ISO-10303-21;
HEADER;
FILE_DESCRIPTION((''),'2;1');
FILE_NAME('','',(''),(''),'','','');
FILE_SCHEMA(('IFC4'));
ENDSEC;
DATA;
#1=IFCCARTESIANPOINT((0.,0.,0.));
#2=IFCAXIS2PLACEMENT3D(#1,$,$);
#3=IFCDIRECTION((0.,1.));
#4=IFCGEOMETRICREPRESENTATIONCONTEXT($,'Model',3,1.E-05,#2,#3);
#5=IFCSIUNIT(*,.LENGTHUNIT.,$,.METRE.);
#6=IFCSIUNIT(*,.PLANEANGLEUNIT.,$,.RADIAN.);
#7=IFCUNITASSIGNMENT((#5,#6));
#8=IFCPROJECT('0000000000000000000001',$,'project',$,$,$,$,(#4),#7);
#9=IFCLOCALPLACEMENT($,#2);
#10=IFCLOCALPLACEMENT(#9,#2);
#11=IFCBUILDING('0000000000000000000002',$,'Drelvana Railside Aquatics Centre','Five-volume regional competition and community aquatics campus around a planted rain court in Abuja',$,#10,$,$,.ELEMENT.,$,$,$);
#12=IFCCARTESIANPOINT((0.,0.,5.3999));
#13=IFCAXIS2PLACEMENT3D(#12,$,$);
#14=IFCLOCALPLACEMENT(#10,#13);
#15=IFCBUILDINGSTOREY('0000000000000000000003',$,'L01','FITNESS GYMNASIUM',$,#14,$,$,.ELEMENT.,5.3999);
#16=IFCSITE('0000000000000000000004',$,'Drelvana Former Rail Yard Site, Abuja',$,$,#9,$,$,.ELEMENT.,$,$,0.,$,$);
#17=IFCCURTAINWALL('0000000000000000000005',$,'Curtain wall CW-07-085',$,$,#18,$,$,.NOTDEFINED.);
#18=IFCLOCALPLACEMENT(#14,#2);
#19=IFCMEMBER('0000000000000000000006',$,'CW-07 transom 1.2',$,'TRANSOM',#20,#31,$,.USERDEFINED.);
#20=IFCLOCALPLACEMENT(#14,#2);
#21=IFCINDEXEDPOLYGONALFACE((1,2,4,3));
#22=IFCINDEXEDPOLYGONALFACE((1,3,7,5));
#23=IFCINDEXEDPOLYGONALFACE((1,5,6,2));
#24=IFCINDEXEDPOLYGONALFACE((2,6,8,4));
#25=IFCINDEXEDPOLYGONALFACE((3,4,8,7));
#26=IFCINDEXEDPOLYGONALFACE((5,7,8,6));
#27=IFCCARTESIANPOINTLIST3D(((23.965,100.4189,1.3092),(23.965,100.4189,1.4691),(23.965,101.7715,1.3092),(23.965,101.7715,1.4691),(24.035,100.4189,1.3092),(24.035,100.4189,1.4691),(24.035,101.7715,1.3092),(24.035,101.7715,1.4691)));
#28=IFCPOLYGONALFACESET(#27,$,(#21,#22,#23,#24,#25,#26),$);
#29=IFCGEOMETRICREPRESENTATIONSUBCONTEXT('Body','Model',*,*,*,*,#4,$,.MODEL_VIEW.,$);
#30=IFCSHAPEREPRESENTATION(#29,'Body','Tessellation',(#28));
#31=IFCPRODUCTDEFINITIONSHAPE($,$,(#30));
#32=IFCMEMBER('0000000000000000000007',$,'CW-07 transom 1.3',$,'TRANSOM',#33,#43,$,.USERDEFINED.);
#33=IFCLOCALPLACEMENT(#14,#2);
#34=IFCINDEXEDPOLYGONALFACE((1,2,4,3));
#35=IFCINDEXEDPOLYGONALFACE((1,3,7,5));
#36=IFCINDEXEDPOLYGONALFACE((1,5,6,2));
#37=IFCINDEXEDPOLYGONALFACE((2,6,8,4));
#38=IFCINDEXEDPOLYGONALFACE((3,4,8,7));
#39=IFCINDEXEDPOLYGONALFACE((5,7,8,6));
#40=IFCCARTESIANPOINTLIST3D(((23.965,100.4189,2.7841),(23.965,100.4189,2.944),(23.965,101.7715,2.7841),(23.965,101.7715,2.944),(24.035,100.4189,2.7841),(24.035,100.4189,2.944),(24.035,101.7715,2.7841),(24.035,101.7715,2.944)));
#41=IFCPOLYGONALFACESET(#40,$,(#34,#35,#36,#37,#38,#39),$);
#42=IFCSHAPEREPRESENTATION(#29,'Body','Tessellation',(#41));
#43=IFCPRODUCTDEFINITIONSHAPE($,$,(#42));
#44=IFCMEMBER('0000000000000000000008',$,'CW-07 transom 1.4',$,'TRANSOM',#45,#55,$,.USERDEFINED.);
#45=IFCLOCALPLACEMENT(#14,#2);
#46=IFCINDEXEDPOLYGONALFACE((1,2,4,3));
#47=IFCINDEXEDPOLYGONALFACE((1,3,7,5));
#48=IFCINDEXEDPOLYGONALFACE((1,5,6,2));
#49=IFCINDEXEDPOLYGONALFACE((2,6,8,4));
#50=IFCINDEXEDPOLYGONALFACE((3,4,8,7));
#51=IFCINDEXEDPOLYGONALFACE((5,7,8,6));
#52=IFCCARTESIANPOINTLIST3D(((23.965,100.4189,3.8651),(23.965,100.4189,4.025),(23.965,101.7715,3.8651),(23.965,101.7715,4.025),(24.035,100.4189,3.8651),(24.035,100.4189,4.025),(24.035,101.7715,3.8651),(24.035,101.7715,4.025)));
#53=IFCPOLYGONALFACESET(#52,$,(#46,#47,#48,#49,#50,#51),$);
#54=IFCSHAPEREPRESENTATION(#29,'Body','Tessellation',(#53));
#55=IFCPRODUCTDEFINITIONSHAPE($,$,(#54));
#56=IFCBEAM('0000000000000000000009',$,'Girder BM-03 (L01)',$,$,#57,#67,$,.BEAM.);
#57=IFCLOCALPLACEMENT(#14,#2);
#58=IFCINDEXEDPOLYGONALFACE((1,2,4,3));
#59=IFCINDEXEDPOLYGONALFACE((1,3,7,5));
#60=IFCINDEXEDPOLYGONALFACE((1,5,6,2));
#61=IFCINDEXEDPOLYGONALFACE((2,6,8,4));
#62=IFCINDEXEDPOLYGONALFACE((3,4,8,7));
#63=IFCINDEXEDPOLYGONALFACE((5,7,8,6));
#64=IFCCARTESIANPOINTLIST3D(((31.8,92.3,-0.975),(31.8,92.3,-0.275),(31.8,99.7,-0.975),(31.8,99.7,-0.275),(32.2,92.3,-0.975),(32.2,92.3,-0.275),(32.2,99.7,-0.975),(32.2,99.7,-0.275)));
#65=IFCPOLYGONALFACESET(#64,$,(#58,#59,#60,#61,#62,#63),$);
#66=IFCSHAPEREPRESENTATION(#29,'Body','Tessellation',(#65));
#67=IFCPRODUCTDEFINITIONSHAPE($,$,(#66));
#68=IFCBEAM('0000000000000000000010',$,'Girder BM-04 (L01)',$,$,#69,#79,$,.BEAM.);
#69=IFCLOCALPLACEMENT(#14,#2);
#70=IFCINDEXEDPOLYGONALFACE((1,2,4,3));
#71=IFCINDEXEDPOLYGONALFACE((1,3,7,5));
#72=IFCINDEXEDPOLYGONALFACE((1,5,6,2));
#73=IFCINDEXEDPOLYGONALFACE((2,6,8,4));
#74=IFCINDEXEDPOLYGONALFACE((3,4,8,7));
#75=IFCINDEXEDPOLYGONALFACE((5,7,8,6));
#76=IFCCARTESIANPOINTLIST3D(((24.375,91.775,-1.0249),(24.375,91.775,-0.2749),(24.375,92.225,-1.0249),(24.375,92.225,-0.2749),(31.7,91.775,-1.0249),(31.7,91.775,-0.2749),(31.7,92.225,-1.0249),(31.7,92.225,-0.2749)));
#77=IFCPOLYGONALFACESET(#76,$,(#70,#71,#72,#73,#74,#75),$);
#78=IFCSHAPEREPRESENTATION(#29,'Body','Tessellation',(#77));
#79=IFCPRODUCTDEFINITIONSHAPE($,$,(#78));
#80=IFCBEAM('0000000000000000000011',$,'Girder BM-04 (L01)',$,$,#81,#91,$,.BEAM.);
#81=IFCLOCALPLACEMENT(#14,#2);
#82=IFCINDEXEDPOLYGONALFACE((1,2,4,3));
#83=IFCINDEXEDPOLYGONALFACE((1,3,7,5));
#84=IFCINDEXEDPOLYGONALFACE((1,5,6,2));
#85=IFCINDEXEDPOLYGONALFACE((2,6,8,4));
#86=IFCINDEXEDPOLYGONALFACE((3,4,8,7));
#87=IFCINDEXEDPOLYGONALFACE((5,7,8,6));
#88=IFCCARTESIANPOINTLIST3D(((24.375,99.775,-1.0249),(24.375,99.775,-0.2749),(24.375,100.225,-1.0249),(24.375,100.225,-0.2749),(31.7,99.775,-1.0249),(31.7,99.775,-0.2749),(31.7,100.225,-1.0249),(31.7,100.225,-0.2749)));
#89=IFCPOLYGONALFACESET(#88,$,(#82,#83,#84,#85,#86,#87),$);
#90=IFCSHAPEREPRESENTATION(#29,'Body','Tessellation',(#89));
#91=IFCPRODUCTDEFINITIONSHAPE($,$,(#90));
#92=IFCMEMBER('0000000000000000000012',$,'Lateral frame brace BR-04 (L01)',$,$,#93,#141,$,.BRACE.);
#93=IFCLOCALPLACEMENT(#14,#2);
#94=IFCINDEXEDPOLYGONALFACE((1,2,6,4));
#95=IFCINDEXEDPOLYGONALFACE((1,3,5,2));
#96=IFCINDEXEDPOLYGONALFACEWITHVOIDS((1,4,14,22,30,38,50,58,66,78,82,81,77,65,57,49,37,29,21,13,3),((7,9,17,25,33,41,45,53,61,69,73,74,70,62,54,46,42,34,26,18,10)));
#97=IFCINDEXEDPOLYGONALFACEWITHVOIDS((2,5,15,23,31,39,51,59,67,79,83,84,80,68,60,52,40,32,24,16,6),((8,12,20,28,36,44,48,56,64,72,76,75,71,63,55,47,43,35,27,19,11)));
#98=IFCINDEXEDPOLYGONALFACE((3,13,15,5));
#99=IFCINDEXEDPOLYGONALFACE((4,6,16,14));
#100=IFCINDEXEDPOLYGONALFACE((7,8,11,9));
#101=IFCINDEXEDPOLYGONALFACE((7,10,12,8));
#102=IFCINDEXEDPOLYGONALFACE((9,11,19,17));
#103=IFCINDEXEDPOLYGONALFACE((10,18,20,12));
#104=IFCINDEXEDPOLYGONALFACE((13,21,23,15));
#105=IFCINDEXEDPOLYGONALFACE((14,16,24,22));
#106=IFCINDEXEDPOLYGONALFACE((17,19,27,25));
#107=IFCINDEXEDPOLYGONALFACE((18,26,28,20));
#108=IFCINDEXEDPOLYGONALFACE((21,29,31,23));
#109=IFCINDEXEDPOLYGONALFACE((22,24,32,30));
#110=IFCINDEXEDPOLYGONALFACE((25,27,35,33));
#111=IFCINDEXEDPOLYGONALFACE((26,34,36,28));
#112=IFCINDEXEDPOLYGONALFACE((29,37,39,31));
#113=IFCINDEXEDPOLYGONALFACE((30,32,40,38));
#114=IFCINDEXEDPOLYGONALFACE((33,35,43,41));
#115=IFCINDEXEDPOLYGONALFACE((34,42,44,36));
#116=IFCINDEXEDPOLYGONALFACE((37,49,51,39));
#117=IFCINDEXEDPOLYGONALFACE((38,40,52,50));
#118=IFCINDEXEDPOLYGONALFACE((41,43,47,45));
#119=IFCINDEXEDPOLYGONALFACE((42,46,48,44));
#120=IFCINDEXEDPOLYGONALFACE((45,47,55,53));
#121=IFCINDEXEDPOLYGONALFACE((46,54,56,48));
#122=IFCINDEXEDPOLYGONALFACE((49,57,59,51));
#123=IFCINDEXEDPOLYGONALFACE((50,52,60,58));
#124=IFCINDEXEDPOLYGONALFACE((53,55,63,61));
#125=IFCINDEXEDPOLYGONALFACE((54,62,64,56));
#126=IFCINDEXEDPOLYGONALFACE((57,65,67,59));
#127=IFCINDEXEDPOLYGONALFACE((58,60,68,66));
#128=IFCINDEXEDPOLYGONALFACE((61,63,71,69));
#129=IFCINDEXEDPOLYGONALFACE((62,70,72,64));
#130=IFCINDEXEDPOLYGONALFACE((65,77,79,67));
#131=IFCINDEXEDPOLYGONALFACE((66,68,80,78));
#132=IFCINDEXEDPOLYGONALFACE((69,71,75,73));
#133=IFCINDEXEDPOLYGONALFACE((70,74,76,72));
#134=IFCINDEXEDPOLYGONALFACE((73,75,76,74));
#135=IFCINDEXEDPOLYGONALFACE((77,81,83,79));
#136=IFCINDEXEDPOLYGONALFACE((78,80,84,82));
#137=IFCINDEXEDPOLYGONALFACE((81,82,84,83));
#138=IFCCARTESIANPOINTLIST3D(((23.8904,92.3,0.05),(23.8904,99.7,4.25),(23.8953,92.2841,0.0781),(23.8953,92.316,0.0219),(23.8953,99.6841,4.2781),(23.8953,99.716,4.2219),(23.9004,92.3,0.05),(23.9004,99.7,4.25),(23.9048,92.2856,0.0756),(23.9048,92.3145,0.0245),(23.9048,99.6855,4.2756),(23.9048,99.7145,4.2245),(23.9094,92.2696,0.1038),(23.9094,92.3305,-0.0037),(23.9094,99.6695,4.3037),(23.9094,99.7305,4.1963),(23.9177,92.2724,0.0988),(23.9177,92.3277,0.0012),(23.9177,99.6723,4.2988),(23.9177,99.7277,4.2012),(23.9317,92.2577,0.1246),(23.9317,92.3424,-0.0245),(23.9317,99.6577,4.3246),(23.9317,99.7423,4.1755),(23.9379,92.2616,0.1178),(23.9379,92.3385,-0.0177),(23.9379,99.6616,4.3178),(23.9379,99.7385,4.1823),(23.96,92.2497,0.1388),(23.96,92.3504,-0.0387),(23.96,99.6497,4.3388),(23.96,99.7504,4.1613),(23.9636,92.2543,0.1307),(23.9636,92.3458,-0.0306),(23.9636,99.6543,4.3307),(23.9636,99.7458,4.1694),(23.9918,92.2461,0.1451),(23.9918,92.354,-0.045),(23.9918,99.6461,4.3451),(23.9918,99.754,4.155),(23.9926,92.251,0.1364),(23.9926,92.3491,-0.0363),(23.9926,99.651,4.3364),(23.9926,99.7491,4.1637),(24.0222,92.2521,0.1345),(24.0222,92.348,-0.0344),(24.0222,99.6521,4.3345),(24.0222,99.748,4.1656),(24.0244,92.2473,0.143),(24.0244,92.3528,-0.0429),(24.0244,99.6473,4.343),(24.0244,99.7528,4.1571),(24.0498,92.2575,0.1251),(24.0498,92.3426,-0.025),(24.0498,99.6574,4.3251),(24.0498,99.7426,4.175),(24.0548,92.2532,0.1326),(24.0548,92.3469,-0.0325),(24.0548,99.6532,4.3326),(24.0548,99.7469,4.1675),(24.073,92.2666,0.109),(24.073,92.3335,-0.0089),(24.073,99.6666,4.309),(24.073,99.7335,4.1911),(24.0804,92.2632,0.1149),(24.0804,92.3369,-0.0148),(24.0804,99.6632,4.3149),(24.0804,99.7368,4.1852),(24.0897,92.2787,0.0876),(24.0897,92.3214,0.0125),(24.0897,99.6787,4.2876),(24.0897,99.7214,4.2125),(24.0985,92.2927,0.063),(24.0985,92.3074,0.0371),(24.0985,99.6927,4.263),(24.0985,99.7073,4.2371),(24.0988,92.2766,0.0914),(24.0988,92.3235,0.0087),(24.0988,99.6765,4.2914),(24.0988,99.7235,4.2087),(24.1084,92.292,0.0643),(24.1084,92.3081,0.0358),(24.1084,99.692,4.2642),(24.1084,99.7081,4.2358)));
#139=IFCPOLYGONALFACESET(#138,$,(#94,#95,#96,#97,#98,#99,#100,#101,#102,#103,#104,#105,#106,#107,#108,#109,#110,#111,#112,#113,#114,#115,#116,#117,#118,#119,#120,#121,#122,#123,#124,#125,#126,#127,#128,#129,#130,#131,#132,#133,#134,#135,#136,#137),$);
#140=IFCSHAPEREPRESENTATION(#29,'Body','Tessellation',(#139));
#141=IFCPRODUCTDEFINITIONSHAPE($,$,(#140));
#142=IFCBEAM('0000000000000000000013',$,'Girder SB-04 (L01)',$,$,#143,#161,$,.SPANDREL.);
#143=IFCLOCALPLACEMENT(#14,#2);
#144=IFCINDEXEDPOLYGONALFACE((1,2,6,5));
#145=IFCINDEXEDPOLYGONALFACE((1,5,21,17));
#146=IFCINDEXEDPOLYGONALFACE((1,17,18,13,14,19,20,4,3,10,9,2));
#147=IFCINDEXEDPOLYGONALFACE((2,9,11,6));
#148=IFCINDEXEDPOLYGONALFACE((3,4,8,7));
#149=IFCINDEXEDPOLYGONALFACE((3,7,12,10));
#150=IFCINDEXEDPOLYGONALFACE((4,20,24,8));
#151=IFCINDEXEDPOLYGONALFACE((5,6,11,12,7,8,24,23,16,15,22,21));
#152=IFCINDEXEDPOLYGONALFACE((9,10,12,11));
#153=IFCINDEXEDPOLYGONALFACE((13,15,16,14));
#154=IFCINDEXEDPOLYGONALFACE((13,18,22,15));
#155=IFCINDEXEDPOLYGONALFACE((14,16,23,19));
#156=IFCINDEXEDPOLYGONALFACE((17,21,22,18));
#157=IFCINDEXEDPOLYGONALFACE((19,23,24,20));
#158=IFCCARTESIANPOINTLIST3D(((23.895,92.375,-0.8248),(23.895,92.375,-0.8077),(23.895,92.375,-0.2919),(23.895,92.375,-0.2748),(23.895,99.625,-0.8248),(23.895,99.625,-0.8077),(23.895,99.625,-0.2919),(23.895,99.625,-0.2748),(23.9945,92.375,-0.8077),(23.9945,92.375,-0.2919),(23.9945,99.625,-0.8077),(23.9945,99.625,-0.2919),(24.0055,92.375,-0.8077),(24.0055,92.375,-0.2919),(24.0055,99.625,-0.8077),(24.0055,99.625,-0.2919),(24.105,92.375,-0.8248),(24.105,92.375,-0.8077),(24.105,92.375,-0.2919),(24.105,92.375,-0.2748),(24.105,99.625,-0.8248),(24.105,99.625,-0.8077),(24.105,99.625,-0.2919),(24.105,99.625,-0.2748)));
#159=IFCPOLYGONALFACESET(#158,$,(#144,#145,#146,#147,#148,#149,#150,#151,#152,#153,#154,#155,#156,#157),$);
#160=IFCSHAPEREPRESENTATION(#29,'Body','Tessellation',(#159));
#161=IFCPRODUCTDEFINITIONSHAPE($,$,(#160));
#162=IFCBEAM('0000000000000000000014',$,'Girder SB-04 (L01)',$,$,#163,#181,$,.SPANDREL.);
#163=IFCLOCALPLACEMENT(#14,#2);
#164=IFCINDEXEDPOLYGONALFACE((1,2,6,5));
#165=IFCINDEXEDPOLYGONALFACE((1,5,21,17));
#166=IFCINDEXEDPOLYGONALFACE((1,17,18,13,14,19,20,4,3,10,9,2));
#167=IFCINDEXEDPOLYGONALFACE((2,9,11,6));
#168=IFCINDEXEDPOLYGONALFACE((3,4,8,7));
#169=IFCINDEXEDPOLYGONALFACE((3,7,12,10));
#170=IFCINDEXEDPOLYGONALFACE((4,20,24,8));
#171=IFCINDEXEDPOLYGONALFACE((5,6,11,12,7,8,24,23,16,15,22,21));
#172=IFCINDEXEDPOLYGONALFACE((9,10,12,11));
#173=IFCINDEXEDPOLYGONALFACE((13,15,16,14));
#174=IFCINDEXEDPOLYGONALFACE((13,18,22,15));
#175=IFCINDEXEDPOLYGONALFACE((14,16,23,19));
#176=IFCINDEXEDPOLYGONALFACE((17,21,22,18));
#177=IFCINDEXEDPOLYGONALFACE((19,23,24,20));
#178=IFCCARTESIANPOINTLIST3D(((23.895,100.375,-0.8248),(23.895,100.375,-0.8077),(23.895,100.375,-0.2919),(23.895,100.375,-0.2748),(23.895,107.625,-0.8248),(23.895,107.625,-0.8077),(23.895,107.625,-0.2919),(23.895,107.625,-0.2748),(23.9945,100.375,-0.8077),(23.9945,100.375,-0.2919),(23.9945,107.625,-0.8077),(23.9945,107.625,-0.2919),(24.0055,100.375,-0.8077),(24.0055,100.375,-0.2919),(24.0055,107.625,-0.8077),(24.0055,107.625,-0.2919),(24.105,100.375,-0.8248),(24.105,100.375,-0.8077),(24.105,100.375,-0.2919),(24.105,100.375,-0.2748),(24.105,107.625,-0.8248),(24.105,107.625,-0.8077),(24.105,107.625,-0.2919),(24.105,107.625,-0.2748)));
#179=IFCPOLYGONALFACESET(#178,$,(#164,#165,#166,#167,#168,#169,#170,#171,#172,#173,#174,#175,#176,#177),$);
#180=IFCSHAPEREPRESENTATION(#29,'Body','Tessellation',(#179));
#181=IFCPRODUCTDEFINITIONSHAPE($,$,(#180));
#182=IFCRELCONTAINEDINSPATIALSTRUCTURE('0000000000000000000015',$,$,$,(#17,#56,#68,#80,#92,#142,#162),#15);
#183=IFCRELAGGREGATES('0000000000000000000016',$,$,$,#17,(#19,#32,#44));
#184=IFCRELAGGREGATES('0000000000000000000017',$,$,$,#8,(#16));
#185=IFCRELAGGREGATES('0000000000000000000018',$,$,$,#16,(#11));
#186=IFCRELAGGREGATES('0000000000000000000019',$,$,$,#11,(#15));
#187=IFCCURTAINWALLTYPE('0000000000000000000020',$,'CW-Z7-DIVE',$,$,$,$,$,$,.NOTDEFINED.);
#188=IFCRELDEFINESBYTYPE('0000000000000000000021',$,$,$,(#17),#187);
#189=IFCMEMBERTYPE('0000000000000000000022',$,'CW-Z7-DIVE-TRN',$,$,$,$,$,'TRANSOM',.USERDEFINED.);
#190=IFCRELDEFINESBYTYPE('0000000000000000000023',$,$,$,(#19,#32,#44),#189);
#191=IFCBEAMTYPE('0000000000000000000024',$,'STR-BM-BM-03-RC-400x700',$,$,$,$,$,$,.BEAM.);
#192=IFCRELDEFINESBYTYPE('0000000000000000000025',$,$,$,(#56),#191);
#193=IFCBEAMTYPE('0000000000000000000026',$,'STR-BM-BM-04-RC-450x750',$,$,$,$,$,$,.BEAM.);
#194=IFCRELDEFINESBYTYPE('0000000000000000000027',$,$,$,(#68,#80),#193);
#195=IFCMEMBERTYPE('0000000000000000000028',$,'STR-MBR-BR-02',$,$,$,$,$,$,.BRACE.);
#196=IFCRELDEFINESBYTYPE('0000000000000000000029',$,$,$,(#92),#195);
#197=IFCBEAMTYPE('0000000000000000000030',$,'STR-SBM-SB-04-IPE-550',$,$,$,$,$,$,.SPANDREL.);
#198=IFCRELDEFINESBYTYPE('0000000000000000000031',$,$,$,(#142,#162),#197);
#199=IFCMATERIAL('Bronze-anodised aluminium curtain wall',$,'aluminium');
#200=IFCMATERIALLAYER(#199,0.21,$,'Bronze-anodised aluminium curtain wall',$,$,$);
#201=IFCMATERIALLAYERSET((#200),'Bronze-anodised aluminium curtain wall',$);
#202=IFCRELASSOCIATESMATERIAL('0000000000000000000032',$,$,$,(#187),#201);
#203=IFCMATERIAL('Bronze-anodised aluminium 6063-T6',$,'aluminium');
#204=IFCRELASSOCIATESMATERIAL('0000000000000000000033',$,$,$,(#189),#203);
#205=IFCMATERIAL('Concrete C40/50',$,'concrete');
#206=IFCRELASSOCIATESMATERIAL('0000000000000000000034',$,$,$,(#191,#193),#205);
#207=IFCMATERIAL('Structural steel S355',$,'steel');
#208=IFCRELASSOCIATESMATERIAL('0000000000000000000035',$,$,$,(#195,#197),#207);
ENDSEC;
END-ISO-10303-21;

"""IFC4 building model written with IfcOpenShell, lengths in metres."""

from ifc_helpers import new_model, si_unit, direction, frame, origin, origin_2d, place, context, subcontext, project, spatial, rectangle, hollow_circle, i_section, extrude, material, layer, layer_set, material_profile, profile_set, type_object, element, aggregate, save


model = new_model("IFC4")

# Units and contexts
model_context = context("Model", 3, precision=1e-05, world=origin(), true_north=direction((0.0, 1.0)))
body_context = subcontext(model_context, "Body", "Model", "MODEL_VIEW")
ifc_project = project(units=[si_unit("LENGTHUNIT", "METRE"), si_unit("PLANEANGLEUNIT", "RADIAN")], contexts=[model_context])

# Site, building, storey
site_placement = place(None, origin())
site = spatial("IfcSite", under=ifc_project, at=site_placement, Name="Drelvana Former Rail Yard Site, Abuja", CompositionType="ELEMENT", RefElevation=0.0)
building_placement = place(site_placement, origin())
building = spatial("IfcBuilding", under=site, at=building_placement, Name="Drelvana Railside Aquatics Centre", Description="Five-volume regional competition and community aquatics campus around a planted rain court in Abuja", CompositionType="ELEMENT")
storey_placement = place(building_placement, frame((0.0, 0.0, 5.3999)))
storey = spatial("IfcBuildingStorey", under=building, at=storey_placement, Name="L01", Description="FITNESS GYMNASIUM", CompositionType="ELEMENT", Elevation=5.3999)

# Shared definitions
ifc_material_1 = material(Name="Concrete C40/50", Category="concrete")

# Shared definitions
ifc_material_2 = material(Name="Bronze-anodised aluminium curtain wall", Category="aluminium")
ifc_layer_1 = layer(ifc_material_2, 0.21, Name="Bronze-anodised aluminium curtain wall")
ifc_layer_set_1 = layer_set([ifc_layer_1], Name="Bronze-anodised aluminium curtain wall")
curtain_wall_type = type_object("IfcCurtainWallType", Name="CW-Z7-DIVE", PredefinedType="NOTDEFINED", material=ifc_layer_set_1)
ifc_material_3 = material(Name="Bronze-anodised aluminium 6063-T6", Category="aluminium")

# Curtain wall
curtain_wall_1_placement = place(storey_placement, origin())
curtain_wall_1 = element("IfcCurtainWall", 1, at=curtain_wall_1_placement, inside=storey, type_object=curtain_wall_type, Name="Curtain wall CW-07-085", PredefinedType="NOTDEFINED")

# Members
ifc_material_profile_1 = material_profile(ifc_material_3, rectangle(XDim=0.1599, YDim=0.0701, at=origin_2d()), Name="ALU-T 70x160")
ifc_profile_set_1 = profile_set([ifc_material_profile_1], Name="Bronze-anodised aluminium 6063-T6")
member_type_1 = type_object("IfcMemberType", Name="CW-Z7-DIVE-TRN", ElementType="TRANSOM", PredefinedType="USERDEFINED", material=ifc_profile_set_1)
member_1_placement = place(storey_placement, frame((24.0, 100.4189, 1.3892), z_axis=(0.0, 1.0, 0.0), x_axis=(0.0, 0.0, 1.0)))
member_1 = element("IfcMember", 2, at=member_1_placement, type_object=member_type_1, Name="CW-07 transom 1.2", ObjectType="TRANSOM", PredefinedType="USERDEFINED", context=body_context, shape_type="SweptSolid", body=[
    extrude(rectangle(XDim=0.1599, YDim=0.0701, at=origin_2d()), origin(), (0.0, 0.0, 1.0), 1.3525),
])
member_2_placement = place(storey_placement, frame((24.0, 100.4189, 2.864), z_axis=(0.0, 1.0, 0.0), x_axis=(0.0, 0.0, 1.0)))
member_2 = element("IfcMember", 3, at=member_2_placement, type_object=member_type_1, Name="CW-07 transom 1.3", ObjectType="TRANSOM", PredefinedType="USERDEFINED", context=body_context, shape_type="SweptSolid", body=[
    extrude(rectangle(XDim=0.1599, YDim=0.0701, at=origin_2d()), origin(), (0.0, 0.0, 1.0), 1.3525),
])
member_3_placement = place(storey_placement, frame((24.0, 100.4189, 3.9451), z_axis=(0.0, 1.0, 0.0), x_axis=(0.0, 0.0, 1.0)))
member_3 = element("IfcMember", 4, at=member_3_placement, type_object=member_type_1, Name="CW-07 transom 1.4", ObjectType="TRANSOM", PredefinedType="USERDEFINED", context=body_context, shape_type="SweptSolid", body=[
    extrude(rectangle(XDim=0.1599, YDim=0.0701, at=origin_2d()), origin(), (0.0, 0.0, 1.0), 1.3525),
])
aggregate(curtain_wall_1, [member_1, member_2, member_3])

# Beams
ifc_material_profile_2 = material_profile(ifc_material_1, rectangle(XDim=0.3999, YDim=0.7, at=origin_2d()), Name="RC 400x700")
ifc_profile_set_2 = profile_set([ifc_material_profile_2], Name="Concrete C40/50")
beam_type_1 = type_object("IfcBeamType", Name="STR-BM-BM-03-RC-400x700", PredefinedType="BEAM", material=ifc_profile_set_2)
beam_1_placement = place(storey_placement, frame((32.0, 92.3, -0.625), z_axis=(0.0, 1.0, 0.0), x_axis=(-1.0, 0.0, 0.0)))
element("IfcBeam", 5, at=beam_1_placement, inside=storey, type_object=beam_type_1, Name="Girder BM-03 (L01)", PredefinedType="BEAM", context=body_context, shape_type="SweptSolid", body=[
    extrude(rectangle(XDim=0.3999, YDim=0.7, at=origin_2d()), origin(), (0.0, 0.0, 1.0), 7.3999),
])
ifc_material_profile_3 = material_profile(ifc_material_1, rectangle(XDim=0.45, YDim=0.75, at=origin_2d()), Name="RC 450x750")
ifc_profile_set_3 = profile_set([ifc_material_profile_3], Name="Concrete C40/50")
beam_type_2 = type_object("IfcBeamType", Name="STR-BM-BM-04-RC-450x750", PredefinedType="BEAM", material=ifc_profile_set_3)
for number, where, z_axis, x_axis, name in (
    (6, (24.375, 92.0, -0.6499), (1.0, 0.0, 0.0), (0.0, 1.0, 0.0), "Girder BM-04 (L01)"),
    (7, (24.375, 100.0, -0.6499), (1.0, 0.0, 0.0), (0.0, 1.0, 0.0), "Girder BM-04 (L01)"),
):
    element("IfcBeam", number, at=place(storey_placement, frame(where, z_axis=z_axis, x_axis=x_axis)), inside=storey, type_object=beam_type_2, Name=name, PredefinedType="BEAM", context=body_context, shape_type="SweptSolid", body=[
        extrude(rectangle(XDim=0.45, YDim=0.75, at=origin_2d()), origin(), (0.0, 0.0, 1.0), 7.325),
    ])

# Member
ifc_material_4 = material(Name="Structural steel S355", Category="steel")
ifc_material_profile_4 = material_profile(ifc_material_4, hollow_circle(Radius=0.1096, WallThickness=0.01, at=origin_2d()), Name="CHS 219.1x10")
ifc_profile_set_4 = profile_set([ifc_material_profile_4], Name="Structural steel S355")
member_type_2 = type_object("IfcMemberType", Name="STR-MBR-BR-02", PredefinedType="BRACE", material=ifc_profile_set_4)
member_4_placement = place(storey_placement, frame((24.0, 92.3, 0.05), z_axis=(0.0, 0.869686, 0.493606), x_axis=(-1.0, 0.0, 0.0)))
element("IfcMember", 8, at=member_4_placement, inside=storey, type_object=member_type_2, Name="Lateral frame brace BR-04 (L01)", PredefinedType="BRACE", context=body_context, shape_type="SweptSolid", body=[
    extrude(hollow_circle(Radius=0.1096, WallThickness=0.01, at=origin_2d()), origin(), (0.0, 0.0, 1.0), 8.5088),
])

# Beams
ifc_material_profile_5 = material_profile(ifc_material_4, i_section(OverallWidth=0.21, OverallDepth=0.55, WebThickness=0.011, FlangeThickness=0.0171, at=origin_2d()), Name="IPE 550")
ifc_profile_set_5 = profile_set([ifc_material_profile_5], Name="Structural steel S355")
beam_type_3 = type_object("IfcBeamType", Name="STR-SBM-SB-04-IPE-550", PredefinedType="SPANDREL", material=ifc_profile_set_5)
for number, where, z_axis, x_axis, name in (
    (9, (24.0, 92.375, -0.5498), (0.0, 1.0, 0.0), (-1.0, 0.0, 0.0), "Girder SB-04 (L01)"),
    (10, (24.0, 100.375, -0.5498), (0.0, 1.0, 0.0), (-1.0, 0.0, 0.0), "Girder SB-04 (L01)"),
):
    element("IfcBeam", number, at=place(storey_placement, frame(where, z_axis=z_axis, x_axis=x_axis)), inside=storey, type_object=beam_type_3, Name=name, PredefinedType="SPANDREL", context=body_context, shape_type="SweptSolid", body=[
        extrude(i_section(OverallWidth=0.21, OverallDepth=0.55, WebThickness=0.011, FlangeThickness=0.0171, at=origin_2d()), origin(), (0.0, 0.0, 1.0), 7.25),
    ])

save(model, "model.ifc")
